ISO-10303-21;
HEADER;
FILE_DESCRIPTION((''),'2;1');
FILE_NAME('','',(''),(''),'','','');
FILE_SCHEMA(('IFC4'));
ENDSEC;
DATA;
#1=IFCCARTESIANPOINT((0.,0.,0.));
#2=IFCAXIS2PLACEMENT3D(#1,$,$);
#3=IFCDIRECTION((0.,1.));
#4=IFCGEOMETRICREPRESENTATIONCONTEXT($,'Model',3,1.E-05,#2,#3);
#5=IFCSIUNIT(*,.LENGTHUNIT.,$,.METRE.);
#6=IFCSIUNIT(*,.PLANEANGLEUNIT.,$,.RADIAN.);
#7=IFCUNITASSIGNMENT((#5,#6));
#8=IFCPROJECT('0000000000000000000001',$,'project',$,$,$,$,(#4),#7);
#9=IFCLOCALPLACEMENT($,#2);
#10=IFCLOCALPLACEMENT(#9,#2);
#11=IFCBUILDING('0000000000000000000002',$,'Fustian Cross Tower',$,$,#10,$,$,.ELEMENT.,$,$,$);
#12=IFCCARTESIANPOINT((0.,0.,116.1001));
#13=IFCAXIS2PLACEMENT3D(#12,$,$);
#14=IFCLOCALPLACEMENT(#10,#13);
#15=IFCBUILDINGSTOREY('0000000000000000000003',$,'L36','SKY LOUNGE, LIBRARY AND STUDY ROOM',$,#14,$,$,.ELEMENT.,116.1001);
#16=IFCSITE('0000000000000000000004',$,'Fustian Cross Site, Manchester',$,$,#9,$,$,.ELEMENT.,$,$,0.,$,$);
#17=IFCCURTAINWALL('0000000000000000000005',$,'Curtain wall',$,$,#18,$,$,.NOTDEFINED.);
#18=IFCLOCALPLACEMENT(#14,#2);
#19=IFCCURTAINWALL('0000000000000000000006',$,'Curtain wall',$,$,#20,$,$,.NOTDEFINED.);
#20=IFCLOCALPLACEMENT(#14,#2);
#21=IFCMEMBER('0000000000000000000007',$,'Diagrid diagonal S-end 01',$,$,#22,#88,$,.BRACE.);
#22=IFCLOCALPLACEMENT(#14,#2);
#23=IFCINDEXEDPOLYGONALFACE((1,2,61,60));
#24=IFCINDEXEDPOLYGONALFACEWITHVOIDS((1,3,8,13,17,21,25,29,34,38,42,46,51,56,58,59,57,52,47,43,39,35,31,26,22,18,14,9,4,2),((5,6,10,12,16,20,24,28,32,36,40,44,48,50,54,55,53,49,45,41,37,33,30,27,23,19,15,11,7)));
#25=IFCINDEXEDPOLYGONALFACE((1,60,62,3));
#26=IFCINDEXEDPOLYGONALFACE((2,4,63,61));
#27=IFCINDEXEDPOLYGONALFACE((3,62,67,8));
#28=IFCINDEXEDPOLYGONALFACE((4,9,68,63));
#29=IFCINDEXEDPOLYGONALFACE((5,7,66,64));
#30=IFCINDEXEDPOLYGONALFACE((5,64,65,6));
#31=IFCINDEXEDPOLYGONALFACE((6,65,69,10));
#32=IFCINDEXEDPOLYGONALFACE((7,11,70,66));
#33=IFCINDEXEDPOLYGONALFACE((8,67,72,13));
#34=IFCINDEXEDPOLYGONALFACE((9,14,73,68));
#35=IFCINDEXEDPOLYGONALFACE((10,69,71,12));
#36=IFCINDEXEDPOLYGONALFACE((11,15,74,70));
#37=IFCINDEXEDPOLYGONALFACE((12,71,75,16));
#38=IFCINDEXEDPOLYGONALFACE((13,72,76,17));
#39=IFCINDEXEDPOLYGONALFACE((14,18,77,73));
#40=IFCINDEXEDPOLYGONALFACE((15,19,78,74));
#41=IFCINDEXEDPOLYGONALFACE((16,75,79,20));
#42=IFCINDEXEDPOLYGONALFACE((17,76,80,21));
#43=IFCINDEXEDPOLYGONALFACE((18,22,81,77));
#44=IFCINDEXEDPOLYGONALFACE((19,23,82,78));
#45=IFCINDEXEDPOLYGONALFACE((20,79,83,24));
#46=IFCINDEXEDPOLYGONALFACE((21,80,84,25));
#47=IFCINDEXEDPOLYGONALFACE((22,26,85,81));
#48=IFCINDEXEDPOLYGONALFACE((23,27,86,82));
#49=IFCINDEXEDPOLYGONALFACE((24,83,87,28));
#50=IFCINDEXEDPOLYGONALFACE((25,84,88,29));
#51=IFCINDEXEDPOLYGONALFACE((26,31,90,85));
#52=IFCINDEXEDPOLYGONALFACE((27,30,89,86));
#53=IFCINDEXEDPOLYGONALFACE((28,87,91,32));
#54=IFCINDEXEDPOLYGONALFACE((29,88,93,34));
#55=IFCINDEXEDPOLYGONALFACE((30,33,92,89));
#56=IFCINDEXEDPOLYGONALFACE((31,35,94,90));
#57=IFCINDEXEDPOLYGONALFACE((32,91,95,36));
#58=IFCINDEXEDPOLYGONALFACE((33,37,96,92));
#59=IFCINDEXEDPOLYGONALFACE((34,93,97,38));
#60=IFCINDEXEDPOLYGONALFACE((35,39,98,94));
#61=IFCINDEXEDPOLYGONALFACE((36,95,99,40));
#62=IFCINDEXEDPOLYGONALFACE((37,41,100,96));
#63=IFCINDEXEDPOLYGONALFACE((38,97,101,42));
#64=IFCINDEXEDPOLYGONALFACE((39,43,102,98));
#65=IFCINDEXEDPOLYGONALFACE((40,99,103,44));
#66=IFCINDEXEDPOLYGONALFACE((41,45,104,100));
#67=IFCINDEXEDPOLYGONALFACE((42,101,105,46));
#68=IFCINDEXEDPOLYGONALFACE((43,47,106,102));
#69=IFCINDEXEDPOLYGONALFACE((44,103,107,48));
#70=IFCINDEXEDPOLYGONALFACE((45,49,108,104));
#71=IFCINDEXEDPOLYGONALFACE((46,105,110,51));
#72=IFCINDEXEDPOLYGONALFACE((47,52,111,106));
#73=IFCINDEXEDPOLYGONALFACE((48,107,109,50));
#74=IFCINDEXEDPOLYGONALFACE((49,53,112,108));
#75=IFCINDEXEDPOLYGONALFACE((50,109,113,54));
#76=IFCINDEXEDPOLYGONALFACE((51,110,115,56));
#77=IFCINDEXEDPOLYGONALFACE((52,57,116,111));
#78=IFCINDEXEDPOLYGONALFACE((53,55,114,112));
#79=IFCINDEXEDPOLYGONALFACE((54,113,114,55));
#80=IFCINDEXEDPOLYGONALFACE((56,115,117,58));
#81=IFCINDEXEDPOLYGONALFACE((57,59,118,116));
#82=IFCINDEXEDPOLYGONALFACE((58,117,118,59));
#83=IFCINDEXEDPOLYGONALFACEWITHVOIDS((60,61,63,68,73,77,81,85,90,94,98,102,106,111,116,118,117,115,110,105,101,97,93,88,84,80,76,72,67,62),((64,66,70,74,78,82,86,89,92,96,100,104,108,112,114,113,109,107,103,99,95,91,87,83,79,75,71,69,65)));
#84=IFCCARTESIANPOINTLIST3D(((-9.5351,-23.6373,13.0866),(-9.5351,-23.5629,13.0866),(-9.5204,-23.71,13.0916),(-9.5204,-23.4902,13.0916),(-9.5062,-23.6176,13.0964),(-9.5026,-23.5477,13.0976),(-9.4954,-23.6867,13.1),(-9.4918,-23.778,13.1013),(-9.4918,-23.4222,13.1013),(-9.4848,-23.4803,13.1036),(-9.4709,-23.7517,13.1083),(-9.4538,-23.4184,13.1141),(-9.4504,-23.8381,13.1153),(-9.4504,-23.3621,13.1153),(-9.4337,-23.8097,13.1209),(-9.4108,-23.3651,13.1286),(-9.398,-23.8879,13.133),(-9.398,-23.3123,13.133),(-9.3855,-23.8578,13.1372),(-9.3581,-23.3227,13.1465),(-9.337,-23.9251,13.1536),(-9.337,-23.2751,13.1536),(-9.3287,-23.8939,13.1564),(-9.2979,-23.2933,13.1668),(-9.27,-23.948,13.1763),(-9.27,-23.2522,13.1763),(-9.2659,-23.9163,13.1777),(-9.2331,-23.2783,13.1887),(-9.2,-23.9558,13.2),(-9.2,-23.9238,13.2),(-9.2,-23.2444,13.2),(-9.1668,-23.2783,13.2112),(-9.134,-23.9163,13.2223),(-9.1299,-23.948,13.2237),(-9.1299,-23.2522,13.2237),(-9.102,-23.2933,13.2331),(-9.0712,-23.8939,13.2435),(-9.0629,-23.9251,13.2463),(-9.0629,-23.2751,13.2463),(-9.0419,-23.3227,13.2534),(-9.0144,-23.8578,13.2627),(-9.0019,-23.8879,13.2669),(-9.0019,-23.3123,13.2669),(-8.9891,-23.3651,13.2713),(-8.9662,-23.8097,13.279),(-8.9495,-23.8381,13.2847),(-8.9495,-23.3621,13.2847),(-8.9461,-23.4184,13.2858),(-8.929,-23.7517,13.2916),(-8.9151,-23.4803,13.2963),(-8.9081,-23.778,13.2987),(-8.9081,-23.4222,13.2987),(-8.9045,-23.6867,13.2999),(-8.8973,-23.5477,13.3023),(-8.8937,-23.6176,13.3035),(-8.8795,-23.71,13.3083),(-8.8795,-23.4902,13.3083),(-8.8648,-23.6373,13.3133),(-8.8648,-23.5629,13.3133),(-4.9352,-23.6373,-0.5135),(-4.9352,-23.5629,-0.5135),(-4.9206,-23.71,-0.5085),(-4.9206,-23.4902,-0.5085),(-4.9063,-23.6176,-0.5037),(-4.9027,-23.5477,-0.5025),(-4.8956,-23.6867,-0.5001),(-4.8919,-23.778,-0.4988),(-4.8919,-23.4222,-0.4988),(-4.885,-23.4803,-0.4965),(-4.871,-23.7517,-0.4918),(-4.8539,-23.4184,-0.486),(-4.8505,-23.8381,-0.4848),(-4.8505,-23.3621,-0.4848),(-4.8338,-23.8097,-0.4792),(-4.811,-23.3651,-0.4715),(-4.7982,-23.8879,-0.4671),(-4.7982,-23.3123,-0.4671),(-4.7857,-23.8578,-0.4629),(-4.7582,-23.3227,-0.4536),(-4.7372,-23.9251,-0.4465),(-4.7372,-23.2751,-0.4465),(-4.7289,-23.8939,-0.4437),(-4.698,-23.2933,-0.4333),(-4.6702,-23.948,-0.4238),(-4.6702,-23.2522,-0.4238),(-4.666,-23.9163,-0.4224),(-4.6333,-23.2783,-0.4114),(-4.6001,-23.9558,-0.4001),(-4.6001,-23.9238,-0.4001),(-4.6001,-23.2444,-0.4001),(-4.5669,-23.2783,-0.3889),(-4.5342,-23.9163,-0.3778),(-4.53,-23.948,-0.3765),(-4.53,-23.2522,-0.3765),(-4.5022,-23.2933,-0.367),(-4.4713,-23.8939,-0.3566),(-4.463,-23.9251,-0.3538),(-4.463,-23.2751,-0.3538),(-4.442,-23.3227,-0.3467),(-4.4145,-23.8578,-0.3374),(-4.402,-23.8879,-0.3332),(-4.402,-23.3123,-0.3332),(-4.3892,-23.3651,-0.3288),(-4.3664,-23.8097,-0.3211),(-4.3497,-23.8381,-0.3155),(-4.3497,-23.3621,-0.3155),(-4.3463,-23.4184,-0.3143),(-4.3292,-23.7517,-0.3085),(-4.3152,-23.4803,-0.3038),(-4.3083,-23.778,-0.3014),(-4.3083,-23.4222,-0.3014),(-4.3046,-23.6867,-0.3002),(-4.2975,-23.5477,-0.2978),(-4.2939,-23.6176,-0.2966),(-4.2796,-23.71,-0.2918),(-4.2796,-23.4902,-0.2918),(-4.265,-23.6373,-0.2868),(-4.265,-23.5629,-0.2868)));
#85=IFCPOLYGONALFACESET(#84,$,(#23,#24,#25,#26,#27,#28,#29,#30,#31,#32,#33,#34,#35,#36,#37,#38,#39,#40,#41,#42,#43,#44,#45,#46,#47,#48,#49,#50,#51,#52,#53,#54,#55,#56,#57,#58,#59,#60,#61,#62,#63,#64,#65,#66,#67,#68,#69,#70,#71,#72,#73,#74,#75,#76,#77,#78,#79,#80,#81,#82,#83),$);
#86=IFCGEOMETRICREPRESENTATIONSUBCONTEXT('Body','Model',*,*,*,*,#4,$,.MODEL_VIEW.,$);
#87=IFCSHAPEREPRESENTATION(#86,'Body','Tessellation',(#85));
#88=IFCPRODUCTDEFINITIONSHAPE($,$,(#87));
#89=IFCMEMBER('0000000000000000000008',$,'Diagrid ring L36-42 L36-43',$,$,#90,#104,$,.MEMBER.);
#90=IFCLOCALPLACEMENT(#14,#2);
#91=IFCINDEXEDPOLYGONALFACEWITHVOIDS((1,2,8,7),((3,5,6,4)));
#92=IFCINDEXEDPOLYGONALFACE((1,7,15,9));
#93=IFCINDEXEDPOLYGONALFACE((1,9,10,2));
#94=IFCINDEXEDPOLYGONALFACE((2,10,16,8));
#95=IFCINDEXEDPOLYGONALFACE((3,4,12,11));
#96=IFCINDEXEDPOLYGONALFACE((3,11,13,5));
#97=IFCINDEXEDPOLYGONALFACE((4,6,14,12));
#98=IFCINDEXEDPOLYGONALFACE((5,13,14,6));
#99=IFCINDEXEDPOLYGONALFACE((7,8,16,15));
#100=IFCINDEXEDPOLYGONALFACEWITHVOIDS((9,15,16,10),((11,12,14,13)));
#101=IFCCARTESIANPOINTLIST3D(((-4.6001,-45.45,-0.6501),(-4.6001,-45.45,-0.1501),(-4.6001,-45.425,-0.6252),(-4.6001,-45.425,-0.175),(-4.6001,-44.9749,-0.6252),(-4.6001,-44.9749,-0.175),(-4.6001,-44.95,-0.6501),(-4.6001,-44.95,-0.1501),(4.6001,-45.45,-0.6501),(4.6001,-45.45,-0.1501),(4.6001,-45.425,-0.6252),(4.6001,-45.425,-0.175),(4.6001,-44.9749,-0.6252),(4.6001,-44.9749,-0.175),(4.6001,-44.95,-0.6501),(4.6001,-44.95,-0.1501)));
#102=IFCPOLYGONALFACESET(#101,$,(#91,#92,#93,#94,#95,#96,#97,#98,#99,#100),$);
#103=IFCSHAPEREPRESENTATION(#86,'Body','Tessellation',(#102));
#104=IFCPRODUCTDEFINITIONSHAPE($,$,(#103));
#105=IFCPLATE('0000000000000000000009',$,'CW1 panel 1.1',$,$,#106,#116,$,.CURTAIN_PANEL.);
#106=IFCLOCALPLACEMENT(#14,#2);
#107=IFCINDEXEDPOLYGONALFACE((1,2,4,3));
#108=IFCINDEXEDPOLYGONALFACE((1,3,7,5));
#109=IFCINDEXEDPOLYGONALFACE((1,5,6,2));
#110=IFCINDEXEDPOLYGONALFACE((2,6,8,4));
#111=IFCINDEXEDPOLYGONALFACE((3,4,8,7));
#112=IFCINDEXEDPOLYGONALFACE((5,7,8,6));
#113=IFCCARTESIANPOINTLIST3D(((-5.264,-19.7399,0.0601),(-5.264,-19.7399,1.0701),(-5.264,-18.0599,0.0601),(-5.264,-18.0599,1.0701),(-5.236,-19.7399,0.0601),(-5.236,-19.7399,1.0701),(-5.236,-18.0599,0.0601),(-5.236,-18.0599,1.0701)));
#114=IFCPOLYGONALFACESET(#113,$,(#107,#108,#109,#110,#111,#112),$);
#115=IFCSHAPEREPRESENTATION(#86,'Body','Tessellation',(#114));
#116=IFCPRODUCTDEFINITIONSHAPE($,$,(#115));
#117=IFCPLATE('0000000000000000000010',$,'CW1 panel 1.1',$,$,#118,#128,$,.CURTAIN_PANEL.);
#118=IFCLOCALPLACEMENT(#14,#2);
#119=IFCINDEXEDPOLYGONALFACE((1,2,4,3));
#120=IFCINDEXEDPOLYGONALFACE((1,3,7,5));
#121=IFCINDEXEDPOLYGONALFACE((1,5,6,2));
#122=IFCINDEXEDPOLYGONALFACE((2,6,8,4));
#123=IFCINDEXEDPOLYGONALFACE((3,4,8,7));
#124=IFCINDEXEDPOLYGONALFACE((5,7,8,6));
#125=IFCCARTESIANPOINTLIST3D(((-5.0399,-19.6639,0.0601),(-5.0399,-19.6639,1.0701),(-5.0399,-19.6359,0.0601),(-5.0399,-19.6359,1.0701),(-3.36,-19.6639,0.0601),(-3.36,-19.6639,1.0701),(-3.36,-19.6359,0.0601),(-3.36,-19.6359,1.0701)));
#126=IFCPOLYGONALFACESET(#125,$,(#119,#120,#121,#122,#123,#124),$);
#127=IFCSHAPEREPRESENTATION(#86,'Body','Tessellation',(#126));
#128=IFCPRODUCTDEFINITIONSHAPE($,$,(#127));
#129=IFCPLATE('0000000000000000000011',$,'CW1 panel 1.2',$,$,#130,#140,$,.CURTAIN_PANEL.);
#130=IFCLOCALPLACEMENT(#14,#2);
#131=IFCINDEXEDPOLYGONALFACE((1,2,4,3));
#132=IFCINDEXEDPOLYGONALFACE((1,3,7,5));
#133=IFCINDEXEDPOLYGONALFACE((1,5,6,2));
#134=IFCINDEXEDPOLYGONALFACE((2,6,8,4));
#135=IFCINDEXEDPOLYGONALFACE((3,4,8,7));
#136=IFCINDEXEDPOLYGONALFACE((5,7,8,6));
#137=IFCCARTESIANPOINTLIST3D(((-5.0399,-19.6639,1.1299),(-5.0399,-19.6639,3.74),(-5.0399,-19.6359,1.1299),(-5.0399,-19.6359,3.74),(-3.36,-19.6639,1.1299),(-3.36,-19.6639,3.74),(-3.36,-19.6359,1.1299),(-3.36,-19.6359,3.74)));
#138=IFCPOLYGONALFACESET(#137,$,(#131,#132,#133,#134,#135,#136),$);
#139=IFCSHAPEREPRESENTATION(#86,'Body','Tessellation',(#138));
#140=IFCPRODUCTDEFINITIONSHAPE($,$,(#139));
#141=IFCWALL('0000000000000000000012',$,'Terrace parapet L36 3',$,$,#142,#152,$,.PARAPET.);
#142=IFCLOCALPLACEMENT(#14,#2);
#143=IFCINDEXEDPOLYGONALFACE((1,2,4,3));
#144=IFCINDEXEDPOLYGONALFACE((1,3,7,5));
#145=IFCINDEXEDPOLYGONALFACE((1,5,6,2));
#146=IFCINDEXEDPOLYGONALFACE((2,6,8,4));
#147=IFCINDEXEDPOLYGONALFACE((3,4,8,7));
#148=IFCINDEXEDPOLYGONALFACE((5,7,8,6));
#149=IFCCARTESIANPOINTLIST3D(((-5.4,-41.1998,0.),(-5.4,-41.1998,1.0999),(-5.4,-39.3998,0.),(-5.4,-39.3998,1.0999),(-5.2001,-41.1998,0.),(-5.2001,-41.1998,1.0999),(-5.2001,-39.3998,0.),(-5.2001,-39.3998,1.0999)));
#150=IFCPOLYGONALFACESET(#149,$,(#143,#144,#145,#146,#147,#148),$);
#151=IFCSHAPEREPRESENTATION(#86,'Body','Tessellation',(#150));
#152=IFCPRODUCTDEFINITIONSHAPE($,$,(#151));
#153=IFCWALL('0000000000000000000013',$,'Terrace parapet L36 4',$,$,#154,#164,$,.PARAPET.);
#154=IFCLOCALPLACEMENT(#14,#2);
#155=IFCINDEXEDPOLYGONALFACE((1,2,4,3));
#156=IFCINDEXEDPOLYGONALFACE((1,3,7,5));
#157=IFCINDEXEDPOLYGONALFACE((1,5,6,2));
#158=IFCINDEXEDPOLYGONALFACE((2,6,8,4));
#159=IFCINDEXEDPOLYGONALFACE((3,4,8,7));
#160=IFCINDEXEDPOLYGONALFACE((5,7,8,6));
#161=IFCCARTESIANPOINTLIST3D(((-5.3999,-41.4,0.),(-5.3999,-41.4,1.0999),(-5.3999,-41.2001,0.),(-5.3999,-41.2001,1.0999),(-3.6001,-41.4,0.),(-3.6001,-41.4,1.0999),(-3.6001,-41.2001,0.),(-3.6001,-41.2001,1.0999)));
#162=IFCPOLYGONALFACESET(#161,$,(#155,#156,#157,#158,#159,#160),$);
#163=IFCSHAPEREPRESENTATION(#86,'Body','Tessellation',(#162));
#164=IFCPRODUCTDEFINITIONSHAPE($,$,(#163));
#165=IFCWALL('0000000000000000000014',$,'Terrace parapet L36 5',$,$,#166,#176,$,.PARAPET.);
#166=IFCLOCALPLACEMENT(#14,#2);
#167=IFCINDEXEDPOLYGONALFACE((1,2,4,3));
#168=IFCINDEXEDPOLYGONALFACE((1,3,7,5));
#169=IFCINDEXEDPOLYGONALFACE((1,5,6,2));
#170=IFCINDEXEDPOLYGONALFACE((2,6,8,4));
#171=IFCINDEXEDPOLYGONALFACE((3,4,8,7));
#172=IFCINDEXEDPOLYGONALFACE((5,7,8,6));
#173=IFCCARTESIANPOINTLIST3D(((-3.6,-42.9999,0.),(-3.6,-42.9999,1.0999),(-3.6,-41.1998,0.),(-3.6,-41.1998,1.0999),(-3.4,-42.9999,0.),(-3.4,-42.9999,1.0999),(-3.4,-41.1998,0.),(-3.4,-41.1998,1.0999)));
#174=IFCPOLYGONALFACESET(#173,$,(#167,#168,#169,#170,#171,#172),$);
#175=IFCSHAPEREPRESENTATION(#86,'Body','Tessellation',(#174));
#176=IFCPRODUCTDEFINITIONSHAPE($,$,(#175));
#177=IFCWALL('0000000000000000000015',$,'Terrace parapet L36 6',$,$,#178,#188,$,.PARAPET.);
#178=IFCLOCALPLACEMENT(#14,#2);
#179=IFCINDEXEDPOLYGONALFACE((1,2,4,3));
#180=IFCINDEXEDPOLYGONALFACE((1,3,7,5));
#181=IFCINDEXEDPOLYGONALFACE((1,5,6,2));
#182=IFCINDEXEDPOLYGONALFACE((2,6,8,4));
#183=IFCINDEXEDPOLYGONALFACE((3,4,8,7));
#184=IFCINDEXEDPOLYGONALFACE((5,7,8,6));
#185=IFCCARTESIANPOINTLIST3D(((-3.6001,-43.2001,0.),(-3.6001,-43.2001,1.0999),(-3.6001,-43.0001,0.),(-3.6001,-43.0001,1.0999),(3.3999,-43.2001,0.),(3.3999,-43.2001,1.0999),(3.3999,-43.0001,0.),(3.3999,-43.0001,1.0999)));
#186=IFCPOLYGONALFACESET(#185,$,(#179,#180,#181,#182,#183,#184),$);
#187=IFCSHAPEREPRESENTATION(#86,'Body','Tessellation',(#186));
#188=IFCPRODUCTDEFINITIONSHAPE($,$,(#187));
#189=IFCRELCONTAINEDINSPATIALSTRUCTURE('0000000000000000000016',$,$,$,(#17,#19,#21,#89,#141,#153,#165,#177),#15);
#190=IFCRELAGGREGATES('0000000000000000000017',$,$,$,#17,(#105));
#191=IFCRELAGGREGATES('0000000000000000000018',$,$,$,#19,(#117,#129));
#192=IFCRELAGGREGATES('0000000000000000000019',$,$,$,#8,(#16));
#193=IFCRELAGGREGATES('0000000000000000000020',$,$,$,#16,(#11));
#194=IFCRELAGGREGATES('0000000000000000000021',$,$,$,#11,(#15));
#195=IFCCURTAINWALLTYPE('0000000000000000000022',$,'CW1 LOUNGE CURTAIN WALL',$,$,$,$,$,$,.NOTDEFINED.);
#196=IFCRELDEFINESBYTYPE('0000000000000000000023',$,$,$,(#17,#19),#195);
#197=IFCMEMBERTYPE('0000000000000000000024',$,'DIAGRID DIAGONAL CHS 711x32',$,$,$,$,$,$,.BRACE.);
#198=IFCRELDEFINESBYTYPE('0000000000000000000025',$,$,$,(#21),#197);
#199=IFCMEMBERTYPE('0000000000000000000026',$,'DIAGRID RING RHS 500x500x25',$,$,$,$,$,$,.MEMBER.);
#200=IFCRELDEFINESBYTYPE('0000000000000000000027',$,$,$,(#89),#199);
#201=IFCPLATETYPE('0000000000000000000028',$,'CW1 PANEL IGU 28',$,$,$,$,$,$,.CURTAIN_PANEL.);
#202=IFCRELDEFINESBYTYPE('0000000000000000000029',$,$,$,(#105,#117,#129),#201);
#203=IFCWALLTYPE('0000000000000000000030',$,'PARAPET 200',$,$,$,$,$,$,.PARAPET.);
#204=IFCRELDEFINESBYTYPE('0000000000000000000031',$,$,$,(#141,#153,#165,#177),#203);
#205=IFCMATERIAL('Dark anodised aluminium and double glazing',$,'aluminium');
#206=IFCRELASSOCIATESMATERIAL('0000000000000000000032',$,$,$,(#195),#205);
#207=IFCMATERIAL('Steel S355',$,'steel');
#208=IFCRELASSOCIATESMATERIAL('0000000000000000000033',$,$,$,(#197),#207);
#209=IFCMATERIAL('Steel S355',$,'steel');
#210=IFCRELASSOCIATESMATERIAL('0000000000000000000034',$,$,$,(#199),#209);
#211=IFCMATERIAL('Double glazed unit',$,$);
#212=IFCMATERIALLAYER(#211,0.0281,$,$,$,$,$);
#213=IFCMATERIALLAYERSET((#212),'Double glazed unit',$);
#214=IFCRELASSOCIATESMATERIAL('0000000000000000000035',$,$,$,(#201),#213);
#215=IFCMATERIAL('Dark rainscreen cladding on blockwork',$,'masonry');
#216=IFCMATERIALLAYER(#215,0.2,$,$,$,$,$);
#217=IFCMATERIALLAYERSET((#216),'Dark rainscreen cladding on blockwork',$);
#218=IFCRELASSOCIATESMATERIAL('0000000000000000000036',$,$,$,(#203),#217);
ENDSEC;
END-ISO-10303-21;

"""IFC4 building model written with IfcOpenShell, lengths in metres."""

from ifc_helpers import new_model, si_unit, direction, frame, frame_2d, origin, origin_2d, place, context, subcontext, project, spatial, rectangle, hollow_rectangle, hollow_circle, extrude, material, layer, layer_set, material_profile, profile_set, type_object, element, aggregate, save


model = new_model("IFC4")

# Units and contexts
model_context = context("Model", 3, precision=1e-05, world=origin(), true_north=direction((0.0, 1.0)))
body_context = subcontext(model_context, "Body", "Model", "MODEL_VIEW")
ifc_project = project(units=[si_unit("LENGTHUNIT", "METRE"), si_unit("PLANEANGLEUNIT", "RADIAN")], contexts=[model_context])

# Site, building, storey
site_placement = place(None, origin())
site = spatial("IfcSite", under=ifc_project, at=site_placement, Name="Fustian Cross Site, Manchester", CompositionType="ELEMENT", RefElevation=0.0)
building_placement = place(site_placement, origin())
building = spatial("IfcBuilding", under=site, at=building_placement, Name="Fustian Cross Tower", CompositionType="ELEMENT")
storey_placement = place(building_placement, frame((0.0, 0.0, 116.1001)))
storey = spatial("IfcBuildingStorey", under=building, at=storey_placement, Name="L36", Description="SKY LOUNGE, LIBRARY AND STUDY ROOM", CompositionType="ELEMENT", Elevation=116.1001)

# Curtain wall
ifc_material_1 = material(Name="Dark anodised aluminium and double glazing", Category="aluminium")
curtain_wall_type = type_object("IfcCurtainWallType", Name="CW1 LOUNGE CURTAIN WALL", PredefinedType="NOTDEFINED", material=ifc_material_1)
curtain_wall_1_placement = place(storey_placement, origin())
curtain_wall_1 = element("IfcCurtainWall", 1, at=curtain_wall_1_placement, inside=storey, type_object=curtain_wall_type, Name="Curtain wall", PredefinedType="NOTDEFINED")

# Curtain wall
curtain_wall_2_placement = place(storey_placement, origin())
curtain_wall_2 = element("IfcCurtainWall", 2, at=curtain_wall_2_placement, inside=storey, type_object=curtain_wall_type, Name="Curtain wall", PredefinedType="NOTDEFINED")

# Members
ifc_material_2 = material(Name="Steel S355", Category="steel")
ifc_material_profile_1 = material_profile(ifc_material_2, hollow_circle(Radius=0.3557, WallThickness=0.032, at=origin_2d()), Name="CHS 711x32")
ifc_profile_set_1 = profile_set([ifc_material_profile_1], Name="Steel S355")
member_type_1 = type_object("IfcMemberType", Name="DIAGRID DIAGONAL CHS 711x32", PredefinedType="BRACE", material=ifc_profile_set_1)
member_1_placement = place(storey_placement, frame((-4.6001, -23.6001, -0.4001), z_axis=(-0.320393, 0.0, 0.947285), x_axis=(0.0, -1.0, 0.0)))
element("IfcMember", 3, at=member_1_placement, inside=storey, type_object=member_type_1, Name="Diagrid diagonal S-end 01", PredefinedType="BRACE", context=body_context, shape_type="SweptSolid", body=[
    extrude(hollow_circle(Radius=0.3557, WallThickness=0.032, at=origin_2d()), origin(), (0.0, 0.0, 1.0), 14.3569),
])
ifc_material_3 = material(Name="Steel S355", Category="steel")
ifc_material_profile_2 = material_profile(ifc_material_3, hollow_rectangle(XDim=0.5, YDim=0.5, WallThickness=0.0249, at=origin_2d()), Name="RHS 500x500x25")
ifc_profile_set_2 = profile_set([ifc_material_profile_2], Name="Steel S355")
member_type_2 = type_object("IfcMemberType", Name="DIAGRID RING RHS 500x500x25", PredefinedType="MEMBER", material=ifc_profile_set_2)
member_2_placement = place(storey_placement, frame((-4.6001, -45.2, -0.4001), z_axis=(1.0, 0.0, 0.0), x_axis=(0.0, 1.0, 0.0)))
element("IfcMember", 4, at=member_2_placement, inside=storey, type_object=member_type_2, Name="Diagrid ring L36-42 L36-43", PredefinedType="MEMBER", context=body_context, shape_type="SweptSolid", body=[
    extrude(hollow_rectangle(XDim=0.5, YDim=0.5, WallThickness=0.0249, at=origin_2d()), origin(), (0.0, 0.0, 1.0), 9.2002),
])

# Plates
ifc_material_4 = material(Name="Double glazed unit")
ifc_layer_1 = layer(ifc_material_4, 0.0281)
ifc_layer_set_1 = layer_set([ifc_layer_1], Name="Double glazed unit")
plate_type = type_object("IfcPlateType", Name="CW1 PANEL IGU 28", PredefinedType="CURTAIN_PANEL", material=ifc_layer_set_1)
plate_1_placement = place(storey_placement, frame((-5.25, -18.8999, 0.0601), z_axis=(0.0, 0.0, 1.0), x_axis=(0.0, -1.0, 0.0)))
plate_1 = element("IfcPlate", 5, at=plate_1_placement, type_object=plate_type, Name="CW1 panel 1.1", PredefinedType="CURTAIN_PANEL", context=body_context, shape_type="SweptSolid", body=[
    extrude(rectangle(XDim=1.6799, YDim=0.0281, at=origin_2d()), origin(), (0.0, 0.0, 1.0), 1.01),
])
aggregate(curtain_wall_1, [plate_1])
plate_2_placement = place(storey_placement, frame((-4.2, -19.6499, 0.0601), z_axis=(0.0, 0.0, 1.0), x_axis=(1.0, 0.0, 0.0)))
plate_2 = element("IfcPlate", 6, at=plate_2_placement, type_object=plate_type, Name="CW1 panel 1.1", PredefinedType="CURTAIN_PANEL", context=body_context, shape_type="SweptSolid", body=[
    extrude(rectangle(XDim=1.6799, YDim=0.0281, at=origin_2d()), origin(), (0.0, 0.0, 1.0), 1.01),
])
plate_3_placement = place(storey_placement, frame((-4.2, -19.6499, 1.1299), z_axis=(0.0, 0.0, 1.0), x_axis=(1.0, 0.0, 0.0)))
plate_3 = element("IfcPlate", 7, at=plate_3_placement, type_object=plate_type, Name="CW1 panel 1.2", PredefinedType="CURTAIN_PANEL", context=body_context, shape_type="SweptSolid", body=[
    extrude(rectangle(XDim=1.6799, YDim=0.0281, at=origin_2d()), origin(), (0.0, 0.0, 1.0), 2.6101),
])
aggregate(curtain_wall_2, [plate_2, plate_3])

# Walls
ifc_material_5 = material(Name="Dark rainscreen cladding on blockwork", Category="masonry")
ifc_layer_2 = layer(ifc_material_5, 0.2)
ifc_layer_set_2 = layer_set([ifc_layer_2], Name="Dark rainscreen cladding on blockwork")
wall_type_1 = type_object("IfcWallType", Name="PARAPET 200", PredefinedType="PARAPET", material=ifc_layer_set_2)
wall_1_placement = place(storey_placement, frame((-5.3, -39.3999, 0.0), z_axis=(0.0, 0.0, 1.0), x_axis=(0.0, -1.0, 0.0)))
element("IfcWall", 8, at=wall_1_placement, inside=storey, type_object=wall_type_1, Name="Terrace parapet L36 3", PredefinedType="PARAPET", context=body_context, shape_type="SweptSolid", body=[
    extrude(rectangle(XDim=1.8, YDim=0.2, at=frame_2d((0.8999, 0.0))), origin(), (0.0, 0.0, 1.0), 1.0999),
])
wall_2_placement = place(storey_placement, frame((-5.3999, -41.3, 0.0), z_axis=(0.0, 0.0, 1.0), x_axis=(1.0, 0.0, 0.0)))
element("IfcWall", 9, at=wall_2_placement, inside=storey, type_object=wall_type_1, Name="Terrace parapet L36 4", PredefinedType="PARAPET", context=body_context, shape_type="SweptSolid", body=[
    extrude(rectangle(XDim=1.7998, YDim=0.2, at=frame_2d((0.8999, 0.0))), origin(), (0.0, 0.0, 1.0), 1.0999),
])
wall_3_placement = place(storey_placement, frame((-3.5, -41.2, 0.0), z_axis=(0.0, 0.0, 1.0), x_axis=(0.0, -1.0, 0.0)))
element("IfcWall", 10, at=wall_3_placement, inside=storey, type_object=wall_type_1, Name="Terrace parapet L36 5", PredefinedType="PARAPET", context=body_context, shape_type="SweptSolid", body=[
    extrude(rectangle(XDim=1.8, YDim=0.2, at=frame_2d((0.8999, 0.0))), origin(), (0.0, 0.0, 1.0), 1.0999),
])
wall_4_placement = place(storey_placement, frame((-3.6001, -43.1001, 0.0), z_axis=(0.0, 0.0, 1.0), x_axis=(1.0, 0.0, 0.0)))
element("IfcWall", 11, at=wall_4_placement, inside=storey, type_object=wall_type_1, Name="Terrace parapet L36 6", PredefinedType="PARAPET", context=body_context, shape_type="SweptSolid", body=[
    extrude(rectangle(XDim=7.0, YDim=0.2, at=frame_2d((3.5, 0.0))), origin(), (0.0, 0.0, 1.0), 1.0999),
])

save(model, "model.ifc")
